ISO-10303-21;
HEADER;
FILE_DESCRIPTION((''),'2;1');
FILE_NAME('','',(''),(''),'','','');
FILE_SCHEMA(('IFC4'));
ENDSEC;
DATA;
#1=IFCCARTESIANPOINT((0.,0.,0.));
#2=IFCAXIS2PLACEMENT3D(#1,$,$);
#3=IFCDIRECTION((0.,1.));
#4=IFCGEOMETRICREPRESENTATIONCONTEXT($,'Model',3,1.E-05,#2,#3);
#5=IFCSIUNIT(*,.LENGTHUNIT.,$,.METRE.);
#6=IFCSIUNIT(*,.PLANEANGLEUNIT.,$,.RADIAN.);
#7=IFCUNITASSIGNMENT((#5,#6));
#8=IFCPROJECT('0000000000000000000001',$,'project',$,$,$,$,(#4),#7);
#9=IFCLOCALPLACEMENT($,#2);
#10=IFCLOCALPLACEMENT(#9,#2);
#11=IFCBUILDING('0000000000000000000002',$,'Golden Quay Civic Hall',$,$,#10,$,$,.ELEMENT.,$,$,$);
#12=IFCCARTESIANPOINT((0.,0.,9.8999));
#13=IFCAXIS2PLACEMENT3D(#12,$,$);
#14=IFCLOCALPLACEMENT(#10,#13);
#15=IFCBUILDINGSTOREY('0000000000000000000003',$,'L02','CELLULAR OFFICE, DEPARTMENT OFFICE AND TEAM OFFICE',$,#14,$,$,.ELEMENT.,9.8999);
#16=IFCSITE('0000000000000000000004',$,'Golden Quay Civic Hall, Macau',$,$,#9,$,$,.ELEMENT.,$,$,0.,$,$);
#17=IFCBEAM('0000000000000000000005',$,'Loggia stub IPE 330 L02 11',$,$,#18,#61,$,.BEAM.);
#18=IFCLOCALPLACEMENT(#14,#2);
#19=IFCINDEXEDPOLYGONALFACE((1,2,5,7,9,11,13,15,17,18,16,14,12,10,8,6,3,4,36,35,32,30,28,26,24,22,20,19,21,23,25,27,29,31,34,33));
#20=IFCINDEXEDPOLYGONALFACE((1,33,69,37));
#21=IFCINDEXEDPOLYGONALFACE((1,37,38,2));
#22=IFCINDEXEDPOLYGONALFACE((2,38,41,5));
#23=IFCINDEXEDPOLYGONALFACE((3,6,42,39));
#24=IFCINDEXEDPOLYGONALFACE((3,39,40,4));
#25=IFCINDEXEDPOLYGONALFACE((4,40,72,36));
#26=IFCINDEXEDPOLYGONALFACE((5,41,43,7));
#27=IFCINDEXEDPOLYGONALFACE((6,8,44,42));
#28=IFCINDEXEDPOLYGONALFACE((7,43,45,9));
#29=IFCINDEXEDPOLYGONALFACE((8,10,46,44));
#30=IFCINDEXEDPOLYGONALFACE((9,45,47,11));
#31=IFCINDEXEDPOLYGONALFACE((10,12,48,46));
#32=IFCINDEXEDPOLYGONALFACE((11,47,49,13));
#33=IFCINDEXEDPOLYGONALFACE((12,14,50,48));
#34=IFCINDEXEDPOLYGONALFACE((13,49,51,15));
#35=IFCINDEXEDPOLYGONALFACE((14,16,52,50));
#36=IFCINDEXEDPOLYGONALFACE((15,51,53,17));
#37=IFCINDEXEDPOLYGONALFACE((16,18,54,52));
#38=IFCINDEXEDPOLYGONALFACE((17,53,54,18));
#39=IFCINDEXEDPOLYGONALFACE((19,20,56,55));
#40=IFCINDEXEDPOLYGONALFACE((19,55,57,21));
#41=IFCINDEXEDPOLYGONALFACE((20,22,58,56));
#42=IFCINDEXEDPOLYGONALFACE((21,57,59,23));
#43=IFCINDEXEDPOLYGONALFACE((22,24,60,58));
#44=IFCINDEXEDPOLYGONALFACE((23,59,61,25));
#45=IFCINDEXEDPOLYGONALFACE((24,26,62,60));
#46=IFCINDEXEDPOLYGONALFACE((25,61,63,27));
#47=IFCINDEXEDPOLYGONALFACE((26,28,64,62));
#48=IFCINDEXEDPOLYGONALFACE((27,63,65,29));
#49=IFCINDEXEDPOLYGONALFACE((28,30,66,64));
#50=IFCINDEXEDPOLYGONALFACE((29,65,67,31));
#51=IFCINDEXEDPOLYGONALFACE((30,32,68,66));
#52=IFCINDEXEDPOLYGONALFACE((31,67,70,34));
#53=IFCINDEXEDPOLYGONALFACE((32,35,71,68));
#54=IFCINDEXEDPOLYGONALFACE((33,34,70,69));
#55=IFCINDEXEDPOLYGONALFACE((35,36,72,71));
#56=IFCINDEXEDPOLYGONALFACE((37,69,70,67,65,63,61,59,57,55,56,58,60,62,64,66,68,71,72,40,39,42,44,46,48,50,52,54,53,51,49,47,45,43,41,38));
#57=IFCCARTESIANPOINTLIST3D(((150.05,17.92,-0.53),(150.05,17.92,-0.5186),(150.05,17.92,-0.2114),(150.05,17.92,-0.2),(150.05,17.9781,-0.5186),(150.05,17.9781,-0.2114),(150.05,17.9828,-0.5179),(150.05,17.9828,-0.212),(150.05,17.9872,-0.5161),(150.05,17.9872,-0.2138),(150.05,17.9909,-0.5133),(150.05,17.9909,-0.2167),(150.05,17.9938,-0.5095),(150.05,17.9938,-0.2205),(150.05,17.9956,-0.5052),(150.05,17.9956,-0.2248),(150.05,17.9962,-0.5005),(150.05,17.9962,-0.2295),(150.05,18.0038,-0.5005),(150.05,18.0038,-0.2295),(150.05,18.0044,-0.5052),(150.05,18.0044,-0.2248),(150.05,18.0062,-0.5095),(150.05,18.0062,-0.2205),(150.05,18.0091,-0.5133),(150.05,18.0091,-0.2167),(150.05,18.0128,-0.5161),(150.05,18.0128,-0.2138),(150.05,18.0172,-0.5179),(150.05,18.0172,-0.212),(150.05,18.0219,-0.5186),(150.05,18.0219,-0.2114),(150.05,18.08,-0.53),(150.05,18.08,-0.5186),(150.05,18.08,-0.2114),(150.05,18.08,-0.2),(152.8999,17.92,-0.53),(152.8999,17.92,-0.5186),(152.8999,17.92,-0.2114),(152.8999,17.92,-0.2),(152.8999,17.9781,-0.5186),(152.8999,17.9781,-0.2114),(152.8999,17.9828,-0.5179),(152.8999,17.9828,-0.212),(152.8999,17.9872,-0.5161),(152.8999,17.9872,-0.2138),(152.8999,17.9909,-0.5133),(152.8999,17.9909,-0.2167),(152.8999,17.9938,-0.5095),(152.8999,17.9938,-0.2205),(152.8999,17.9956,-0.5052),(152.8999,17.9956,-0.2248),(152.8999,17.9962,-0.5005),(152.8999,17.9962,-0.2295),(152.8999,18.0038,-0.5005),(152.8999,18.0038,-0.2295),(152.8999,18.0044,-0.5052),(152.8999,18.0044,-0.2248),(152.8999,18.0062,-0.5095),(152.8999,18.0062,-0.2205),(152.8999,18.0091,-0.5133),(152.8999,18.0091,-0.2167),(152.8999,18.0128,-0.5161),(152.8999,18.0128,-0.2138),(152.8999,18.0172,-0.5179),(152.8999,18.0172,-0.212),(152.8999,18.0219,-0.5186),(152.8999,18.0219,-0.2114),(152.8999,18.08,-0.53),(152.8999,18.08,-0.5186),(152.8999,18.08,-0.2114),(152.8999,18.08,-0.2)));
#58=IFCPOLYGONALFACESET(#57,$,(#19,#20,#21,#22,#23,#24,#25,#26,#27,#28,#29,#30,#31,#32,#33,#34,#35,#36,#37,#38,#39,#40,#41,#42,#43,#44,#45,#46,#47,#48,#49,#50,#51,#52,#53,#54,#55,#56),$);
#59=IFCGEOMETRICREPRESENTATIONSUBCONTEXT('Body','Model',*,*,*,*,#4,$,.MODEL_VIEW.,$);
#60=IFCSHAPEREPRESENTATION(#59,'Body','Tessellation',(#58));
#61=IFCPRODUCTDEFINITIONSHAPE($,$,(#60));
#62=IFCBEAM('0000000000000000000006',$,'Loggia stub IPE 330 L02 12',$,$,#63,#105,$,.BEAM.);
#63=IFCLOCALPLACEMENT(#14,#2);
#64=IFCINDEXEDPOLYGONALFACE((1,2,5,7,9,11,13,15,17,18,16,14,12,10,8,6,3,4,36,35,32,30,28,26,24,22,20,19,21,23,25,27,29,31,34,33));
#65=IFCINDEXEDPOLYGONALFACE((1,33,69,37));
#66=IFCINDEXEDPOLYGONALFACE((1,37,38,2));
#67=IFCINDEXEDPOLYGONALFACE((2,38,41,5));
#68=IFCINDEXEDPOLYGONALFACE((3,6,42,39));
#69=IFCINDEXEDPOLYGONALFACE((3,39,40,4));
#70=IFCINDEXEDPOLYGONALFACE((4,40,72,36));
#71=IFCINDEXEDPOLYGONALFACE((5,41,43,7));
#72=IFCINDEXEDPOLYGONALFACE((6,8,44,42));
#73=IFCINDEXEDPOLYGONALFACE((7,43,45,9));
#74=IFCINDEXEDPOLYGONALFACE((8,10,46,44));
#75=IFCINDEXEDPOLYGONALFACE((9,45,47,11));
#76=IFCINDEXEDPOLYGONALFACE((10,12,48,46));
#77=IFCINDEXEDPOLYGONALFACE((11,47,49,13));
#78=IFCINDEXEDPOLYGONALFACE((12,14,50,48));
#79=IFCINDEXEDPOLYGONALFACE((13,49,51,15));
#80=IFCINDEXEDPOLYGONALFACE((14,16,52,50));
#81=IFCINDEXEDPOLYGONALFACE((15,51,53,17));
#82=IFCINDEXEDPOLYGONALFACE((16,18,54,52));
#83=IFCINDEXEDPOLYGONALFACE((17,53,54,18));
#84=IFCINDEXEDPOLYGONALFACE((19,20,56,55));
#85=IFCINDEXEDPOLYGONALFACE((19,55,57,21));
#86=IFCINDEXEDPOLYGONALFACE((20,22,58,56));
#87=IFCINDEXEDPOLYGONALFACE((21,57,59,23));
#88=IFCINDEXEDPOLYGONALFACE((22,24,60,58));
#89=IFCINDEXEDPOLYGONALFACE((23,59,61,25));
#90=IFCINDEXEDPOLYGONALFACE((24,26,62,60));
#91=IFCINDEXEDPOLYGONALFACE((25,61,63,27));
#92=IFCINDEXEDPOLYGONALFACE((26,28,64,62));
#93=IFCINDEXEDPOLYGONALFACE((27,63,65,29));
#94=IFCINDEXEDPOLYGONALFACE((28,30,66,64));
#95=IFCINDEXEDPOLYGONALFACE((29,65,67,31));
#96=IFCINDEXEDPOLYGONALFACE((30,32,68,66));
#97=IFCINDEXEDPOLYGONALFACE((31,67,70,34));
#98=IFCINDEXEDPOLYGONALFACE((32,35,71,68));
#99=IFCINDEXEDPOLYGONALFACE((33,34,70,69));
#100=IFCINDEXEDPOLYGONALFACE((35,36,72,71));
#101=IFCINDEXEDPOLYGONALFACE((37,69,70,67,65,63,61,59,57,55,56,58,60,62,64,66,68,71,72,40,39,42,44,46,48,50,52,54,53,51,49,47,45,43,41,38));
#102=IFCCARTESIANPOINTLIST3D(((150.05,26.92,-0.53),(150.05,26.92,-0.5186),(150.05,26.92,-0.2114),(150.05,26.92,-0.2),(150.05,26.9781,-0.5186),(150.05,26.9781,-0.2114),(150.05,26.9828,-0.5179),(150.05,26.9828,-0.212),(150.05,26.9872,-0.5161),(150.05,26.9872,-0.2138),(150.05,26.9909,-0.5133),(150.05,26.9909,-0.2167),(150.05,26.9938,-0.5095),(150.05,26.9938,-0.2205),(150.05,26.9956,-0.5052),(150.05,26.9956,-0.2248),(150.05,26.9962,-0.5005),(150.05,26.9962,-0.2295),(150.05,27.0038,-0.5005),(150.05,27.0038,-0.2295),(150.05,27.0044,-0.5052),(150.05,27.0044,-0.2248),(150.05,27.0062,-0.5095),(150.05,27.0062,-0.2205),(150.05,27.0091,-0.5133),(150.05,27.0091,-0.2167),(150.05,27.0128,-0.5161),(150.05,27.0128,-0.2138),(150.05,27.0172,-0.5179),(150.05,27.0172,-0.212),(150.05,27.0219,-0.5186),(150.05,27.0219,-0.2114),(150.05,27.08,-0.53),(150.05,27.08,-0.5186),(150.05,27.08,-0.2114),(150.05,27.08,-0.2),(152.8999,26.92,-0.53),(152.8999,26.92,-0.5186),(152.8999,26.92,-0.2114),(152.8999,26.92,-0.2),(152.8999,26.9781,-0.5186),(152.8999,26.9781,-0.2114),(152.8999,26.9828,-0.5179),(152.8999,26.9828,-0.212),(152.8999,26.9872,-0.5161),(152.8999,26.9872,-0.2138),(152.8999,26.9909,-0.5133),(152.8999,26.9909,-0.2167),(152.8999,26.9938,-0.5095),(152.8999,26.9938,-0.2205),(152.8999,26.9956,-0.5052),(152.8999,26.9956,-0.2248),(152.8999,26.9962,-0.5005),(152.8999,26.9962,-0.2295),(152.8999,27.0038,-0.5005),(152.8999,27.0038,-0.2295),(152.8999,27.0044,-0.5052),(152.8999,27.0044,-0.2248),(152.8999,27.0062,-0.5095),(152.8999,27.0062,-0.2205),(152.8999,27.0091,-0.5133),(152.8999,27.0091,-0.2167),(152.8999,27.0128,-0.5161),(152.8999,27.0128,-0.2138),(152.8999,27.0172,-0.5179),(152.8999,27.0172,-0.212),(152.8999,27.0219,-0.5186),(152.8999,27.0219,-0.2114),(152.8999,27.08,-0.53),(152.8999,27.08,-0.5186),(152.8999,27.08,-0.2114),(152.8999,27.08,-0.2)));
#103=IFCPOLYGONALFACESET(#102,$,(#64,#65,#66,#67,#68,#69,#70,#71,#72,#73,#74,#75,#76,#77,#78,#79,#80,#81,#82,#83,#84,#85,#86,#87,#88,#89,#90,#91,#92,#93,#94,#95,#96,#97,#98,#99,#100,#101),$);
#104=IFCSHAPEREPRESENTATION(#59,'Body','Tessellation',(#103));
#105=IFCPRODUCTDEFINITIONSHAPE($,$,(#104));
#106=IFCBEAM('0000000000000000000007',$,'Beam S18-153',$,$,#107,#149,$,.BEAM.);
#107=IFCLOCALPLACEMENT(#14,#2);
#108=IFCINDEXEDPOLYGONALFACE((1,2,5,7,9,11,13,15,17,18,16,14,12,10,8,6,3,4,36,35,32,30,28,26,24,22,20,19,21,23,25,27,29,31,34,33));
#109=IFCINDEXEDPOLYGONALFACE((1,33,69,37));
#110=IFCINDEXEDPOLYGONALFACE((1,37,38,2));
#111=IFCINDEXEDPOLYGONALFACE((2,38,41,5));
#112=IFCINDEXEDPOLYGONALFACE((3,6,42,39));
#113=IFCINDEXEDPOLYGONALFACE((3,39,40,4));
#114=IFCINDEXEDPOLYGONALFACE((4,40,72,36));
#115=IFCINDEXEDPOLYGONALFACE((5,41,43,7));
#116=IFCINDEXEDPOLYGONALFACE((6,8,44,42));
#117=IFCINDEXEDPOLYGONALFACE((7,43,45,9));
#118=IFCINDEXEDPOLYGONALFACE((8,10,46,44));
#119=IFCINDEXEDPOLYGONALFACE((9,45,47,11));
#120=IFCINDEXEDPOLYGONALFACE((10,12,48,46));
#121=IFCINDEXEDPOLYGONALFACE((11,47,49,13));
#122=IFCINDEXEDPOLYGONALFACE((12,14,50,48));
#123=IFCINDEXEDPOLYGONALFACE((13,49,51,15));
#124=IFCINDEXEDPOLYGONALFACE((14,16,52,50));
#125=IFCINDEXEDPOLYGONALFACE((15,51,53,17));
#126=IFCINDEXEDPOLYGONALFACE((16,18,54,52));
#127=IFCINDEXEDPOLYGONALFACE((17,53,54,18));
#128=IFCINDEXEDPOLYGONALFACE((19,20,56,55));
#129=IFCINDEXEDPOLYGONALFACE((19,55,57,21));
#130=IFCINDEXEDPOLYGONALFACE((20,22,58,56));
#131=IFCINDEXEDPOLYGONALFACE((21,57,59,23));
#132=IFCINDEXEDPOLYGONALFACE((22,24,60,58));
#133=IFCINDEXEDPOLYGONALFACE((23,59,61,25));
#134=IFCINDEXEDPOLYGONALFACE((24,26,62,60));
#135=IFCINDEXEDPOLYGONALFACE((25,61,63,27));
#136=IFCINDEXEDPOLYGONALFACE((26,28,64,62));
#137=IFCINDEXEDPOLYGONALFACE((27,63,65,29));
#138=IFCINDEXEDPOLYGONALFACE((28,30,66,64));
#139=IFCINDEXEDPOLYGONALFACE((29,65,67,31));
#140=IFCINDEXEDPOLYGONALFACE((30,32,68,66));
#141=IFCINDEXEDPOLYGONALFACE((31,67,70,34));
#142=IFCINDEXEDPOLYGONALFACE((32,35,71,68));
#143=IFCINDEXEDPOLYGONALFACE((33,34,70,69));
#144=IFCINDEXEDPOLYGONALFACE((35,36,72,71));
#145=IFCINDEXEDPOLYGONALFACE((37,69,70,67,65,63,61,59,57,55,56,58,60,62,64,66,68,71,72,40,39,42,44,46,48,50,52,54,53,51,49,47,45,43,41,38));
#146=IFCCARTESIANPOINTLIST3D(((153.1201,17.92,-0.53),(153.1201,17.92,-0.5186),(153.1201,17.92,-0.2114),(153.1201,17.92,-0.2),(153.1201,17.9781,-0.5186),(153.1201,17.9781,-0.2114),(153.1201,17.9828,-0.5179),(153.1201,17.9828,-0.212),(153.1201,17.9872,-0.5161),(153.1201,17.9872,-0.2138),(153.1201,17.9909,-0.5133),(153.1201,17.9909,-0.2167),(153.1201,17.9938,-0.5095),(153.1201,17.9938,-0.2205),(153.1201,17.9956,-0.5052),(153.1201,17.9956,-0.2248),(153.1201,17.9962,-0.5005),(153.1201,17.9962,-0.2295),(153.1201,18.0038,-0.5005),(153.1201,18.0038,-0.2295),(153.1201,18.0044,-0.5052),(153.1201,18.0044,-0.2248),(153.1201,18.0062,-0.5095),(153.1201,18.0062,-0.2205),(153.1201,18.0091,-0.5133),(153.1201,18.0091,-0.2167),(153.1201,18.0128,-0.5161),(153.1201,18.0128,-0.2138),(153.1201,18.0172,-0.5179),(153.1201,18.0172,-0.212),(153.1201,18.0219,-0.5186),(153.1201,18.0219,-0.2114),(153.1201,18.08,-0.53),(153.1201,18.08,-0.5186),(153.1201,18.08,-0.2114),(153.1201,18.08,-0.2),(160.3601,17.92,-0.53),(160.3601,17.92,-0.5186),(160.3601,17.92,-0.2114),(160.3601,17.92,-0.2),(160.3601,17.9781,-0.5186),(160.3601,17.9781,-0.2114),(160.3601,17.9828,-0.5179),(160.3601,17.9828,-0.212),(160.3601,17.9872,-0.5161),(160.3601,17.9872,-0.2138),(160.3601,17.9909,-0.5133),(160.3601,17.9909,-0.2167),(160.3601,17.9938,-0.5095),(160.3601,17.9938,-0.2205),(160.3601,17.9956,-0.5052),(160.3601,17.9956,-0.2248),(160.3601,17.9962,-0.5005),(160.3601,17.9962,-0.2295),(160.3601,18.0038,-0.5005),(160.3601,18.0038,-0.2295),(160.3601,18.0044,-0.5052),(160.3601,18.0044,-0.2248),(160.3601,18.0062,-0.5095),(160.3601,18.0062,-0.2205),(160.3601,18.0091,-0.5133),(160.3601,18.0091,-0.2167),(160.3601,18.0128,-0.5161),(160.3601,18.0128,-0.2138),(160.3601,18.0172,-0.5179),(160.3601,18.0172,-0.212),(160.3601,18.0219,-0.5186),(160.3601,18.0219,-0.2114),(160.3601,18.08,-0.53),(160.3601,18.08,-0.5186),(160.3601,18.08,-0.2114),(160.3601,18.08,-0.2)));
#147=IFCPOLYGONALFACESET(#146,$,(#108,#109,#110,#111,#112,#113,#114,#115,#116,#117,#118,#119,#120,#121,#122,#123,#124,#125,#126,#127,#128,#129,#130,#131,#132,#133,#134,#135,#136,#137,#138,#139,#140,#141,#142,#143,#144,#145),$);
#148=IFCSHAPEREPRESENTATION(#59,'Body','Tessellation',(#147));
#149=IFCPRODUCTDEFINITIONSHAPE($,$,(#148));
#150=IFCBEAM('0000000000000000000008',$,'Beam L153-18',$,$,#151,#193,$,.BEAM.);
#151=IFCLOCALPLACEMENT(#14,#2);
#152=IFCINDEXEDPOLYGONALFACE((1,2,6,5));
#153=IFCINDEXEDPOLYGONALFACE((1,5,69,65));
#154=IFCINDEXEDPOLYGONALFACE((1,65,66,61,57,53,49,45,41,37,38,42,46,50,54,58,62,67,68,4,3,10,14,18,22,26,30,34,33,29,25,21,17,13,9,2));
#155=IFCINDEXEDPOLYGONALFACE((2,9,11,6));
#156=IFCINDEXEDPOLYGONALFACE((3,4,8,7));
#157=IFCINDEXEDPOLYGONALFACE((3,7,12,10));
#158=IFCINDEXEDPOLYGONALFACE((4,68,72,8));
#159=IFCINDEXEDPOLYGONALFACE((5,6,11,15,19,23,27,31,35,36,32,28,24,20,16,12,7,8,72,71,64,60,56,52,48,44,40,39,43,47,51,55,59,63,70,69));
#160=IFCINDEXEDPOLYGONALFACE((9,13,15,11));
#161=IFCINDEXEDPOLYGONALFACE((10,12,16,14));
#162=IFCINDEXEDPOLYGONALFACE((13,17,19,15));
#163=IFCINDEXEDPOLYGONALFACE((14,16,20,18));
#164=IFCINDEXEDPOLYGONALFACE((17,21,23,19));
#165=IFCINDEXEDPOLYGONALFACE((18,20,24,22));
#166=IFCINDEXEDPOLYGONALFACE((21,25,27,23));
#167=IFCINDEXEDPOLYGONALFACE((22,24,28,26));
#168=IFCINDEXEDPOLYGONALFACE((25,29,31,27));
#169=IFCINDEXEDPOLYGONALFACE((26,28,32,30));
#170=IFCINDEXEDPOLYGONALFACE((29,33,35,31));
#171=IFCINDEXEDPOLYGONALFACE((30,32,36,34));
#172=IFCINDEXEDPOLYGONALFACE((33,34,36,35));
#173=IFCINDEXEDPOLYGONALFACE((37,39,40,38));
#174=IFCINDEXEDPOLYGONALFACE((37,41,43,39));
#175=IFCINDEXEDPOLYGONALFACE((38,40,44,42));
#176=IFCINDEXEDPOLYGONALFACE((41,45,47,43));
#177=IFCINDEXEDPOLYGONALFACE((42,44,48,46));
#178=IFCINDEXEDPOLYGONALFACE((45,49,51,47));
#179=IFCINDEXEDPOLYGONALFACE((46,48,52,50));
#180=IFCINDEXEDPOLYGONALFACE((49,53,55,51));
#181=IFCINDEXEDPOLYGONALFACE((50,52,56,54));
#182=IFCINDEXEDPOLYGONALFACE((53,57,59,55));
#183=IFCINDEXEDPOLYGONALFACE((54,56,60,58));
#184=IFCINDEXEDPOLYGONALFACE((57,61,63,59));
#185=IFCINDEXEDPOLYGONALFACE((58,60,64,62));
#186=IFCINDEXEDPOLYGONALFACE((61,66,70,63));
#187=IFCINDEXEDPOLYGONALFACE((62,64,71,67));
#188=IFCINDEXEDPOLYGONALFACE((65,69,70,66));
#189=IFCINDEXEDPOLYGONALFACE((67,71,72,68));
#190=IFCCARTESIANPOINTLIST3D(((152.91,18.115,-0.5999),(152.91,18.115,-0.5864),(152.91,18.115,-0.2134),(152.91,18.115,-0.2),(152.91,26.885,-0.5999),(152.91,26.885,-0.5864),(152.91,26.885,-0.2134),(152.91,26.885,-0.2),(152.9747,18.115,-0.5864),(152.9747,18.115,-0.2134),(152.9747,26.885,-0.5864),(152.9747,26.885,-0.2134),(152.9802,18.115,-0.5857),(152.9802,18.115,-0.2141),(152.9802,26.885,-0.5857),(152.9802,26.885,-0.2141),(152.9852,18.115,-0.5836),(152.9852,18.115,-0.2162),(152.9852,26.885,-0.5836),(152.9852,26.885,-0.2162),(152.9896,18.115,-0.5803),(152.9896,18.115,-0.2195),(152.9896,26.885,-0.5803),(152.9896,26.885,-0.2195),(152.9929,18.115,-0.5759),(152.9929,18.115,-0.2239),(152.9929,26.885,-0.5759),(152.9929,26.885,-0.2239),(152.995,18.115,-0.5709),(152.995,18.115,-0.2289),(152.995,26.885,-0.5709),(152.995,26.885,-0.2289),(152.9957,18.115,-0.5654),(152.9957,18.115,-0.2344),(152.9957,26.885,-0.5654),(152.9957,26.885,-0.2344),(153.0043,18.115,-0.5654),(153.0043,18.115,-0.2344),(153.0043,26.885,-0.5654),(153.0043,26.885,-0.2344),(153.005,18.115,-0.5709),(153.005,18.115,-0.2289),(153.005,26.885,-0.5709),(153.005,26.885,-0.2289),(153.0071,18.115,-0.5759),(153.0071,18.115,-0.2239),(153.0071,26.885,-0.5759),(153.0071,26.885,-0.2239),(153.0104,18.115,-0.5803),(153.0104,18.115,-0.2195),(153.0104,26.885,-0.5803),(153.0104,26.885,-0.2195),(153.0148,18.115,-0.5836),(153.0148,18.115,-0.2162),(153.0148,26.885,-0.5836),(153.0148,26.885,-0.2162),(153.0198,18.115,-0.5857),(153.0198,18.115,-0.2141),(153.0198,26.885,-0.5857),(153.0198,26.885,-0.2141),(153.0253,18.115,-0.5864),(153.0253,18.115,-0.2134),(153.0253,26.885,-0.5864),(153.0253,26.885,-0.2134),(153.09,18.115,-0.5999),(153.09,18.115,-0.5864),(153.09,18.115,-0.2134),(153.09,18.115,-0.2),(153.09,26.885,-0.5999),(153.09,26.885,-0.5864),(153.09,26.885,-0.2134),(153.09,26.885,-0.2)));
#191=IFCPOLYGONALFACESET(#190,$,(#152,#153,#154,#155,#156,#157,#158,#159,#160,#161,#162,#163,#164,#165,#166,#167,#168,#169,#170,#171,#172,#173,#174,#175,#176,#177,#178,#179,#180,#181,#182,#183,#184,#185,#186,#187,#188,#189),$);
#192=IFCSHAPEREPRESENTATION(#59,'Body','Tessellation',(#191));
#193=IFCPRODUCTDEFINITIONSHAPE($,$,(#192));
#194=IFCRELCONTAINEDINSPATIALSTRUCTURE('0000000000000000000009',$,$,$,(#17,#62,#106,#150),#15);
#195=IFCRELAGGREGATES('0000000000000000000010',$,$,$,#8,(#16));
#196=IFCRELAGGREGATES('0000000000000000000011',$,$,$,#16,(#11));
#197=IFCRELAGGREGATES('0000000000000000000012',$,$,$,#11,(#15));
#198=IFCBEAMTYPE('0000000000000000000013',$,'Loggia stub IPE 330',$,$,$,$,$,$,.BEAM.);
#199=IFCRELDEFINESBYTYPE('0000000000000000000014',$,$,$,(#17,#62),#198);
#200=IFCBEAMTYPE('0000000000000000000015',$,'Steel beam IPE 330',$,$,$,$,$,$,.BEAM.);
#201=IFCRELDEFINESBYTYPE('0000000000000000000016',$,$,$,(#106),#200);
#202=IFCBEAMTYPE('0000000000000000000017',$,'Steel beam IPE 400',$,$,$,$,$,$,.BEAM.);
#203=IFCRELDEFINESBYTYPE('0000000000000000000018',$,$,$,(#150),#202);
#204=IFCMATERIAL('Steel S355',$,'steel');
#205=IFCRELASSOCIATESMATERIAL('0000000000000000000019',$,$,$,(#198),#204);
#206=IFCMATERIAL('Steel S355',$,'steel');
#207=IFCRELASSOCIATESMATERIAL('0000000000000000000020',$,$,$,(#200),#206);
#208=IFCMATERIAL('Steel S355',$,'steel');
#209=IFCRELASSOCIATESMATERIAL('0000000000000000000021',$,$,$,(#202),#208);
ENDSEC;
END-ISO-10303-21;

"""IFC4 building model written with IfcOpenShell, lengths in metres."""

from ifc_helpers import new_model, si_unit, direction, frame, origin, origin_2d, place, context, subcontext, project, spatial, i_section, extrude, material, material_profile, profile_set, type_object, element, save


model = new_model("IFC4")

# Units and contexts
model_context = context("Model", 3, precision=1e-05, world=origin(), true_north=direction((0.0, 1.0)))
body_context = subcontext(model_context, "Body", "Model", "MODEL_VIEW")
ifc_project = project(units=[si_unit("LENGTHUNIT", "METRE"), si_unit("PLANEANGLEUNIT", "RADIAN")], contexts=[model_context])

# Site, building, storey
site_placement = place(None, origin())
site = spatial("IfcSite", under=ifc_project, at=site_placement, Name="Golden Quay Civic Hall, Macau", CompositionType="ELEMENT", RefElevation=0.0)
building_placement = place(site_placement, origin())
building = spatial("IfcBuilding", under=site, at=building_placement, Name="Golden Quay Civic Hall", CompositionType="ELEMENT")
storey_placement = place(building_placement, frame((0.0, 0.0, 9.8999)))
storey = spatial("IfcBuildingStorey", under=building, at=storey_placement, Name="L02", Description="CELLULAR OFFICE, DEPARTMENT OFFICE AND TEAM OFFICE", CompositionType="ELEMENT", Elevation=9.8999)

# Beams
ifc_material_1 = material(Name="Steel S355", Category="steel")
ifc_material_profile_1 = material_profile(ifc_material_1, i_section(OverallWidth=0.1599, OverallDepth=0.3301, WebThickness=0.0076, FlangeThickness=0.0115, FilletRadius=0.0181, at=origin_2d()), Name="IPE 330")
ifc_profile_set_1 = profile_set([ifc_material_profile_1], Name="Steel S355")
beam_type_1 = type_object("IfcBeamType", Name="Loggia stub IPE 330", PredefinedType="BEAM", material=ifc_profile_set_1)
for number, where, z_axis, x_axis, name in (
    (1, (152.8999, 18.0, -0.365), (-1.0, 0.0, 0.0), (0.0, -1.0, 0.0), "Loggia stub IPE 330 L02 11"),
    (2, (152.8999, 27.0, -0.365), (-1.0, 0.0, 0.0), (0.0, -1.0, 0.0), "Loggia stub IPE 330 L02 12"),
):
    element("IfcBeam", number, at=place(storey_placement, frame(where, z_axis=z_axis, x_axis=x_axis)), inside=storey, type_object=beam_type_1, Name=name, PredefinedType="BEAM", context=body_context, shape_type="SweptSolid", body=[
        extrude(i_section(OverallWidth=0.1599, OverallDepth=0.3301, WebThickness=0.0076, FlangeThickness=0.0115, FilletRadius=0.0181, at=origin_2d()), origin(), (0.0, 0.0, 1.0), 2.8499),
    ])
ifc_material_2 = material(Name="Steel S355", Category="steel")
ifc_material_profile_2 = material_profile(ifc_material_2, i_section(OverallWidth=0.1599, OverallDepth=0.3301, WebThickness=0.0076, FlangeThickness=0.0115, FilletRadius=0.0181, at=origin_2d()), Name="IPE 330")
ifc_profile_set_2 = profile_set([ifc_material_profile_2], Name="Steel S355")
beam_type_2 = type_object("IfcBeamType", Name="Steel beam IPE 330", PredefinedType="BEAM", material=ifc_profile_set_2)
beam_1_placement = place(storey_placement, frame((153.1201, 18.0, -0.365), z_axis=(1.0, 0.0, 0.0), x_axis=(0.0, 1.0, 0.0)))
element("IfcBeam", 3, at=beam_1_placement, inside=storey, type_object=beam_type_2, Name="Beam S18-153", PredefinedType="BEAM", context=body_context, shape_type="SweptSolid", body=[
    extrude(i_section(OverallWidth=0.1599, OverallDepth=0.3301, WebThickness=0.0076, FlangeThickness=0.0115, FilletRadius=0.0181, at=origin_2d()), origin(), (0.0, 0.0, 1.0), 7.24),
])
ifc_material_3 = material(Name="Steel S355", Category="steel")
ifc_material_profile_3 = material_profile(ifc_material_3, i_section(OverallWidth=0.1799, OverallDepth=0.3999, WebThickness=0.0085, FlangeThickness=0.0134, FilletRadius=0.021, at=origin_2d()), Name="IPE 400")
ifc_profile_set_3 = profile_set([ifc_material_profile_3], Name="Steel S355")
beam_type_3 = type_object("IfcBeamType", Name="Steel beam IPE 400", PredefinedType="BEAM", material=ifc_profile_set_3)
beam_2_placement = place(storey_placement, frame((153.0, 18.115, -0.3999), z_axis=(0.0, 1.0, 0.0), x_axis=(-1.0, 0.0, 0.0)))
element("IfcBeam", 4, at=beam_2_placement, inside=storey, type_object=beam_type_3, Name="Beam L153-18", PredefinedType="BEAM", context=body_context, shape_type="SweptSolid", body=[
    extrude(i_section(OverallWidth=0.1799, OverallDepth=0.3999, WebThickness=0.0085, FlangeThickness=0.0134, FilletRadius=0.021, at=origin_2d()), origin(), (0.0, 0.0, 1.0), 8.77),
])

save(model, "model.ifc")
